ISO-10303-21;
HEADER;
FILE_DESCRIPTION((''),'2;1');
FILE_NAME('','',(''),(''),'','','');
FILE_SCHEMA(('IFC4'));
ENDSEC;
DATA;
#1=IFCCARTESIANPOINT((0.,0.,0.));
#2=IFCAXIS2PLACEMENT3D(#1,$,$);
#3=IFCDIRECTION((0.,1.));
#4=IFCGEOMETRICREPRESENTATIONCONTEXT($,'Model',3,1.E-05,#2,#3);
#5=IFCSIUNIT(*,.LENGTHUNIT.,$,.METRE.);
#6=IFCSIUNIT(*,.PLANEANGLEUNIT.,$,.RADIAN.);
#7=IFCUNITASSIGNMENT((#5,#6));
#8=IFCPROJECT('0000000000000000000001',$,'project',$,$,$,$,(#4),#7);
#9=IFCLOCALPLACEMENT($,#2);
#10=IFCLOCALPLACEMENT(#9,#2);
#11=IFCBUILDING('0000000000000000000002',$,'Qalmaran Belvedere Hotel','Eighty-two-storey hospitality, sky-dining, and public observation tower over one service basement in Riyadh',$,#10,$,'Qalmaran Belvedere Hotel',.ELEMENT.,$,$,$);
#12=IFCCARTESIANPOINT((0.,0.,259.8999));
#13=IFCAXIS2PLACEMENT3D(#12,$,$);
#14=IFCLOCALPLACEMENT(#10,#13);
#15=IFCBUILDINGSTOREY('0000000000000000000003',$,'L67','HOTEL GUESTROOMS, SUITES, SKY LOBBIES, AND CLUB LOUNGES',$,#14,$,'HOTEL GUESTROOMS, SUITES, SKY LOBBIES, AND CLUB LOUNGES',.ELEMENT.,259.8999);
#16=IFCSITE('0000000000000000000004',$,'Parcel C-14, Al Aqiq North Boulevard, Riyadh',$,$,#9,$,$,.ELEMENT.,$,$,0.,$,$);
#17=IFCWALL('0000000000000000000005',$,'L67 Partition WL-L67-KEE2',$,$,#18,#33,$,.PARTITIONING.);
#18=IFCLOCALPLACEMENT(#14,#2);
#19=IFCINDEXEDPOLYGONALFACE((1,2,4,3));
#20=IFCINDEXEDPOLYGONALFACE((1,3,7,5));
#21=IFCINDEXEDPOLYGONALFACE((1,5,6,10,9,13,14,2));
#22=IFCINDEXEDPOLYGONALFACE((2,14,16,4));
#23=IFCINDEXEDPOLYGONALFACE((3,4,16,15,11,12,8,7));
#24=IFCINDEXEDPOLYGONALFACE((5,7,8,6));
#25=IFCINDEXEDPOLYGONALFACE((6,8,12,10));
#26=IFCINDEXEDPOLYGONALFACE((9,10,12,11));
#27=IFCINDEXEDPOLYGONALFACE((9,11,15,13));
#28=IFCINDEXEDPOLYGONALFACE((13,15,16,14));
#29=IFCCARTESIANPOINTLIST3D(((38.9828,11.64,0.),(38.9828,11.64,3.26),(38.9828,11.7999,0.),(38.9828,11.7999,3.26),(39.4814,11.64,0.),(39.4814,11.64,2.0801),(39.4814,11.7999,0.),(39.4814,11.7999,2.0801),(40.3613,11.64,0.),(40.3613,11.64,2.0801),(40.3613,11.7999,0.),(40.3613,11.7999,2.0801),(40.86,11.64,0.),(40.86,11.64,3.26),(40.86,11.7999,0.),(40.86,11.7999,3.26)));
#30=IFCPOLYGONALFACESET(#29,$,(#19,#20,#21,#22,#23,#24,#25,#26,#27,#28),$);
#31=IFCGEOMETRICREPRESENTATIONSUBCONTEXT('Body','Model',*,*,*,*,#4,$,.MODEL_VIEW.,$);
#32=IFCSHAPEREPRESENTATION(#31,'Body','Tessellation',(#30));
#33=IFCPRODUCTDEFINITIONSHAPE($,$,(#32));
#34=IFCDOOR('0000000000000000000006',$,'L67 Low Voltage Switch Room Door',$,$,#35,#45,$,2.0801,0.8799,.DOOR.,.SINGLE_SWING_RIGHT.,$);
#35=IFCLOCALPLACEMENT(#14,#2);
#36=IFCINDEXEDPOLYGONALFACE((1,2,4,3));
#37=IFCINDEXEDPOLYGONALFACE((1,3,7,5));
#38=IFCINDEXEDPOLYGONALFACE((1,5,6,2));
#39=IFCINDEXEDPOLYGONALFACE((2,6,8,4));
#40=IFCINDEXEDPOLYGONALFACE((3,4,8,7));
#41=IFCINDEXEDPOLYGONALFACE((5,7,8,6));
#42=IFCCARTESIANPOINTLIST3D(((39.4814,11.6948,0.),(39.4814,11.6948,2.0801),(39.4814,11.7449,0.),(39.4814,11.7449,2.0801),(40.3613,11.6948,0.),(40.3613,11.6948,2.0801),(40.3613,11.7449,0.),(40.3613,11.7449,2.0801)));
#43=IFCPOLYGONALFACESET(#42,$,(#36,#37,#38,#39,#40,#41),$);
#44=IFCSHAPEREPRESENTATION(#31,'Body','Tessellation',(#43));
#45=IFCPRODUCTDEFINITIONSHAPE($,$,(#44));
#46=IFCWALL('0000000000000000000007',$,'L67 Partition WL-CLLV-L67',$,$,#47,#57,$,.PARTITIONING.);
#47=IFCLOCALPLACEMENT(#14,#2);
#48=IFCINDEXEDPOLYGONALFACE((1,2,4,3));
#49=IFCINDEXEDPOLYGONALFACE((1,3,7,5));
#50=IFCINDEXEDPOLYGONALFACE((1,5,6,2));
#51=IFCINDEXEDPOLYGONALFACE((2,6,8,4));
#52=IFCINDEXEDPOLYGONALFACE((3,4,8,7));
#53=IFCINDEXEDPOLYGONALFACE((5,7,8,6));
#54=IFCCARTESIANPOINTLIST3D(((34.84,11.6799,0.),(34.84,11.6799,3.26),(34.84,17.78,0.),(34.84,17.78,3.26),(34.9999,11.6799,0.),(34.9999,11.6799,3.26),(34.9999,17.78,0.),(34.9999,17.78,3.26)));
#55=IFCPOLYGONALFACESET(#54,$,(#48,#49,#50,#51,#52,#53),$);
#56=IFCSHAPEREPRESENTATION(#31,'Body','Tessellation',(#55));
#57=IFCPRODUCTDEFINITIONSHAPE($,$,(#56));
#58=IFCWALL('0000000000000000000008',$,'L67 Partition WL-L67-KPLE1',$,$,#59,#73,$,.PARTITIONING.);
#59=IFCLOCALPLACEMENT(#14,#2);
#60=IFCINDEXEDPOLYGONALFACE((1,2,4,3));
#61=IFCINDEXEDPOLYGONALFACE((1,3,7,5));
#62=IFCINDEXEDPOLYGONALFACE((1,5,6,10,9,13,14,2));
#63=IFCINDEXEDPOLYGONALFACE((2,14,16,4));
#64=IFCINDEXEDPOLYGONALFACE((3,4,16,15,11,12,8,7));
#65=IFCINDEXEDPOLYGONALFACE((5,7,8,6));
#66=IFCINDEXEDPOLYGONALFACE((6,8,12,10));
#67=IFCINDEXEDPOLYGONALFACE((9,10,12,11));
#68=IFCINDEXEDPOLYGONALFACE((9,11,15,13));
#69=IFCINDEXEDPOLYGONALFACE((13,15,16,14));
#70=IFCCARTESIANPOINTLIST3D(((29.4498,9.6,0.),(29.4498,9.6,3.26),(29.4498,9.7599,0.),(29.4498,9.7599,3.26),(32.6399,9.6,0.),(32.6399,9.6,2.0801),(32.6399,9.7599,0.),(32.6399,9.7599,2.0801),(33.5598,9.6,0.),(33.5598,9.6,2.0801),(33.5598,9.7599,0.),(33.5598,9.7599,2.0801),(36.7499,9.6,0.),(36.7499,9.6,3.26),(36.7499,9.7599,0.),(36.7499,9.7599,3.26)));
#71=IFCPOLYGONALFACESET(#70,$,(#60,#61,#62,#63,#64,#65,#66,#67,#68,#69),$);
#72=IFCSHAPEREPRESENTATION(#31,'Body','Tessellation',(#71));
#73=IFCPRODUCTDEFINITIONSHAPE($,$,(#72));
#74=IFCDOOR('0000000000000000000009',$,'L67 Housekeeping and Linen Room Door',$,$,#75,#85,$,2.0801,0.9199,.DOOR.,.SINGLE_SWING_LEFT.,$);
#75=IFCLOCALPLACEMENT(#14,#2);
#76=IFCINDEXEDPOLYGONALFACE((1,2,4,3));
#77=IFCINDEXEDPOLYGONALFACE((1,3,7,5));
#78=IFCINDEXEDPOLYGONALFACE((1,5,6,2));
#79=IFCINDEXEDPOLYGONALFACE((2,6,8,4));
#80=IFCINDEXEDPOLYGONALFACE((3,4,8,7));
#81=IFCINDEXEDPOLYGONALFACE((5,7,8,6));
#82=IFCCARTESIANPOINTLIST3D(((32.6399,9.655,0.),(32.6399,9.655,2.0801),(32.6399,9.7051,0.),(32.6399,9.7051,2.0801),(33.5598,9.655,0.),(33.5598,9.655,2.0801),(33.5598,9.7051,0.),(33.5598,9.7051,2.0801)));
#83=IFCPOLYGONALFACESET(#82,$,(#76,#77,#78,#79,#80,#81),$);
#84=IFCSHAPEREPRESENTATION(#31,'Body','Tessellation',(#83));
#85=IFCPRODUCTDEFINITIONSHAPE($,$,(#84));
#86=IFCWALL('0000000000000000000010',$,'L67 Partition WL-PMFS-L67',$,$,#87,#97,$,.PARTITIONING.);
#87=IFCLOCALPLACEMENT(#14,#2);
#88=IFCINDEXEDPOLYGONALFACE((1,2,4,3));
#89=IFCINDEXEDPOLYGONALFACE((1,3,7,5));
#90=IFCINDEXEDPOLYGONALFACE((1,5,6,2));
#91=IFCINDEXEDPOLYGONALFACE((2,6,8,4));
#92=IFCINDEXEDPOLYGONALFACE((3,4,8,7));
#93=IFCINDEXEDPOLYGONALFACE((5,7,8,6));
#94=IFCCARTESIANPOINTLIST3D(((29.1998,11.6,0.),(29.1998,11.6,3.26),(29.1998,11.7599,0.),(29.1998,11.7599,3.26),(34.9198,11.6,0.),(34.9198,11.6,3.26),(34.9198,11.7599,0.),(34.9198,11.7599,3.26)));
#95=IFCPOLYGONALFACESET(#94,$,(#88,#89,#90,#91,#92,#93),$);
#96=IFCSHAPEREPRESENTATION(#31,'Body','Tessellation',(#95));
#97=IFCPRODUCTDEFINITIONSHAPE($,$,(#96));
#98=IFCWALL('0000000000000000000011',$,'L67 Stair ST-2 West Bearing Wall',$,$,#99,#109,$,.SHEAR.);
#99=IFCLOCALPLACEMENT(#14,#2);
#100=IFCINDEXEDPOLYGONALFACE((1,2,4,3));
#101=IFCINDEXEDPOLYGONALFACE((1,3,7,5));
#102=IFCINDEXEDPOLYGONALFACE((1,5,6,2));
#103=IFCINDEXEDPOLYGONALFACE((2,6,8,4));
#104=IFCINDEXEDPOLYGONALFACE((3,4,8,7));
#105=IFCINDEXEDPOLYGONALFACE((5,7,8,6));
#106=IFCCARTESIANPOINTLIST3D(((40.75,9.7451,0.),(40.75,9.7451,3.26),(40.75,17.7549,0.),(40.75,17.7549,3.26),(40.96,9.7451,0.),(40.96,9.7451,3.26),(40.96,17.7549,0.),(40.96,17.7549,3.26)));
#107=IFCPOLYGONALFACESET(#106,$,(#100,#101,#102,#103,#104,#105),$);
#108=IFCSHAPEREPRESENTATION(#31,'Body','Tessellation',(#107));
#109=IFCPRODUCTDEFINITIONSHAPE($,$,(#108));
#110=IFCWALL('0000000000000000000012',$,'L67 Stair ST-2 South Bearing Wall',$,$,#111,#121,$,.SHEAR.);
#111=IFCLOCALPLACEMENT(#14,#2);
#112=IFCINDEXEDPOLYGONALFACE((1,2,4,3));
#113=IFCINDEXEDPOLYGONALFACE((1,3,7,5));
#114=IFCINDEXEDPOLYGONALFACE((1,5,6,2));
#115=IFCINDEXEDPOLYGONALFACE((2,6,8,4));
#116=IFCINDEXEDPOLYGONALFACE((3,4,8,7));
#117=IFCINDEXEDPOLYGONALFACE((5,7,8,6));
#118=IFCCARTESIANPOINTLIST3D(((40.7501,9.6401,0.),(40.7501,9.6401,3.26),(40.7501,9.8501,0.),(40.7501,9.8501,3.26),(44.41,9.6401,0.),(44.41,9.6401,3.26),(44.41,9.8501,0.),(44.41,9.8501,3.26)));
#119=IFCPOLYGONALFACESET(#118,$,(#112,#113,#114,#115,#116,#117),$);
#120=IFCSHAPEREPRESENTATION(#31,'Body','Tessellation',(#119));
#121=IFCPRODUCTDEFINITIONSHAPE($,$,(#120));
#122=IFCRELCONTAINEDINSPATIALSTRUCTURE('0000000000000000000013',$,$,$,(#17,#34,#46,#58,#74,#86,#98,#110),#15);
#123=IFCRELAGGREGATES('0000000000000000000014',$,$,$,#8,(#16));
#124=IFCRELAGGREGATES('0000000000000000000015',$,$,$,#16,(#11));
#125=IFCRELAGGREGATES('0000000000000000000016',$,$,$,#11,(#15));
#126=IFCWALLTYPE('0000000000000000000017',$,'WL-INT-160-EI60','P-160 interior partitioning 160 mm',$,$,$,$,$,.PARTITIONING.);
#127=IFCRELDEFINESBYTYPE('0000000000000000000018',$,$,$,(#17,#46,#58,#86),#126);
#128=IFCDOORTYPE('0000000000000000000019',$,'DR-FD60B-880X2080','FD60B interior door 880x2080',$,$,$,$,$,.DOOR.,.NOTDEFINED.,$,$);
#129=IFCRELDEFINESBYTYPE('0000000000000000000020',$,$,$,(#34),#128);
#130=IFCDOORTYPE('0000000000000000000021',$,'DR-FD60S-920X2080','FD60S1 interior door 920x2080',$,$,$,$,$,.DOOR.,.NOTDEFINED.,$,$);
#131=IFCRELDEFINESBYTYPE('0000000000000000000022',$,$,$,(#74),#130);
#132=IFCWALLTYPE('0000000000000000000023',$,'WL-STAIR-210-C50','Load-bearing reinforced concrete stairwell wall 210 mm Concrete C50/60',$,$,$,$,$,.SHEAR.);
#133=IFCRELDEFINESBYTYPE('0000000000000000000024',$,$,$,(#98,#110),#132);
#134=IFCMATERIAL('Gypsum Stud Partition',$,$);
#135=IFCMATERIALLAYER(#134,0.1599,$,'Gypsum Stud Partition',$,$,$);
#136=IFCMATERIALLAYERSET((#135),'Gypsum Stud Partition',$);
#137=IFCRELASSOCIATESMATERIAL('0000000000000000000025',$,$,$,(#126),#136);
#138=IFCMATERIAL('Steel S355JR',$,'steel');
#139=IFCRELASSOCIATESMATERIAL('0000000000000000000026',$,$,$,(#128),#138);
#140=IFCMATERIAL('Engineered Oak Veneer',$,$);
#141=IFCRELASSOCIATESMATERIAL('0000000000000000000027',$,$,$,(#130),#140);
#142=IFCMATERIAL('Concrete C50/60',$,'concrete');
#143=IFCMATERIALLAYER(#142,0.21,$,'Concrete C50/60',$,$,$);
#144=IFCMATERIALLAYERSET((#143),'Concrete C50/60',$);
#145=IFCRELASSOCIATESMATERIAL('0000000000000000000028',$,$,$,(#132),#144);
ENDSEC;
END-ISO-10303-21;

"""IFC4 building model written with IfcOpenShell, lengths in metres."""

from ifc_helpers import new_model, si_unit, direction, frame, frame_2d, origin, place, context, subcontext, project, spatial, rectangle, extrude, material, layer, layer_set, type_object, element, fill, save


model = new_model("IFC4")

# Units and contexts
model_context = context("Model", 3, precision=1e-05, world=origin(), true_north=direction((0.0, 1.0)))
body_context = subcontext(model_context, "Body", "Model", "MODEL_VIEW")
ifc_project = project(units=[si_unit("LENGTHUNIT", "METRE"), si_unit("PLANEANGLEUNIT", "RADIAN")], contexts=[model_context])

# Site, building, storey
site_placement = place(None, origin())
site = spatial("IfcSite", under=ifc_project, at=site_placement, Name="Parcel C-14, Al Aqiq North Boulevard, Riyadh", CompositionType="ELEMENT", RefElevation=0.0)
building_placement = place(site_placement, origin())
building = spatial("IfcBuilding", under=site, at=building_placement, Name="Qalmaran Belvedere Hotel", Description="Eighty-two-storey hospitality, sky-dining, and public observation tower over one service basement in Riyadh", LongName="Qalmaran Belvedere Hotel", CompositionType="ELEMENT")
storey_placement = place(building_placement, frame((0.0, 0.0, 259.8999)))
storey = spatial("IfcBuildingStorey", under=building, at=storey_placement, Name="L67", Description="HOTEL GUESTROOMS, SUITES, SKY LOBBIES, AND CLUB LOUNGES", LongName="HOTEL GUESTROOMS, SUITES, SKY LOBBIES, AND CLUB LOUNGES", CompositionType="ELEMENT", Elevation=259.8999)

# Shared definitions
ifc_material_1 = material(Name="Concrete C50/60", Category="concrete")

# Shared definitions
ifc_material_2 = material(Name="Steel S355JR", Category="steel")

# Shared definitions
ifc_material_3 = material(Name="Gypsum Stud Partition")

# Wall, opening, door
ifc_layer_1 = layer(ifc_material_3, 0.1599, Name="Gypsum Stud Partition")
ifc_layer_set_1 = layer_set([ifc_layer_1], Name="Gypsum Stud Partition")
wall_type_1 = type_object("IfcWallType", Name="WL-INT-160-EI60", Description="P-160 interior partitioning 160 mm", PredefinedType="PARTITIONING", material=ifc_layer_set_1)
door_type_1 = type_object("IfcDoorType", Name="DR-FD60B-880X2080", Description="FD60B interior door 880x2080", OperationType="NOTDEFINED", PredefinedType="DOOR", material=ifc_material_2)
wall_1_placement = place(storey_placement, frame((38.9829, 11.72, 0.0), z_axis=(0.0, 0.0, 1.0), x_axis=(1.0, 0.0, 0.0)))
wall_1 = element("IfcWall", 1, at=wall_1_placement, inside=storey, type_object=wall_type_1, Name="L67 Partition WL-L67-KEE2", PredefinedType="PARTITIONING", context=body_context, shape_type="SweptSolid", body=[
    extrude(rectangle(XDim=1.8772, YDim=0.1599, at=frame_2d((0.9385, 0.0))), origin(), (0.0, 0.0, 1.0), 3.26),
])
opening_1_placement = place(wall_1_placement, frame((0.4985, 0.0, 0.0)))
opening_1 = element("IfcOpeningElement", 2, at=opening_1_placement, cuts=wall_1, PredefinedType="OPENING", context=body_context, shape_type="SweptSolid", body=[
    extrude(rectangle(XDim=0.8799, YDim=2.0801, at=frame_2d((0.4399, 1.04))), frame((0.0, 0.0898, 0.0), z_axis=(0.0, -1.0, 0.0), x_axis=(1.0, 0.0, 0.0)), (0.0, 0.0, 1.0), 0.1799),
])
door_1_placement = place(opening_1_placement, origin())
door_1 = element("IfcDoor", 3, at=door_1_placement, inside=storey, type_object=door_type_1, Name="L67 Low Voltage Switch Room Door", OperationType="SINGLE_SWING_RIGHT", OverallHeight=2.0801, OverallWidth=0.8799, PredefinedType="DOOR", context=body_context, shape_type="SweptSolid", body=[
    extrude(rectangle(XDim=0.8799, YDim=2.0801, at=frame_2d((0.4399, 1.04))), frame((0.0, 0.0249, 0.0), z_axis=(0.0, -1.0, 0.0), x_axis=(1.0, 0.0, 0.0)), (0.0, 0.0, 1.0), 0.05),
])
fill(opening_1, door_1)
ifc_material_4 = material(Name="Engineered Oak Veneer")

# Wall
wall_2_placement = place(storey_placement, frame((34.9199, 11.6799, 0.0), z_axis=(0.0, 0.0, 1.0), x_axis=(0.0, 1.0, 0.0)))
element("IfcWall", 4, at=wall_2_placement, inside=storey, type_object=wall_type_1, Name="L67 Partition WL-CLLV-L67", PredefinedType="PARTITIONING", context=body_context, shape_type="SweptSolid", body=[
    extrude(rectangle(XDim=6.1001, YDim=0.1599, at=frame_2d((3.05, 0.0))), origin(), (0.0, 0.0, 1.0), 3.26),
])

# Wall, opening, door
wall_3_placement = place(storey_placement, frame((29.45, 9.6799, 0.0), z_axis=(0.0, 0.0, 1.0), x_axis=(1.0, 0.0, 0.0)))
wall_3 = element("IfcWall", 5, at=wall_3_placement, inside=storey, type_object=wall_type_1, Name="L67 Partition WL-L67-KPLE1", PredefinedType="PARTITIONING", context=body_context, shape_type="SweptSolid", body=[
    extrude(rectangle(XDim=7.3, YDim=0.1599, at=frame_2d((3.6499, 0.0))), origin(), (0.0, 0.0, 1.0), 3.26),
])
opening_2_placement = place(wall_3_placement, frame((4.1099, 0.0, 0.0), z_axis=(0.0, 0.0, 1.0), x_axis=(-1.0, 0.0, 0.0)))
opening_2 = element("IfcOpeningElement", 6, at=opening_2_placement, cuts=wall_3, PredefinedType="OPENING", context=body_context, shape_type="SweptSolid", body=[
    extrude(rectangle(XDim=0.9199, YDim=2.0801, at=frame_2d((0.46, 1.04))), frame((0.0, 0.0898, 0.0), z_axis=(0.0, -1.0, 0.0), x_axis=(1.0, 0.0, 0.0)), (0.0, 0.0, 1.0), 0.1799),
])
door_type_2 = type_object("IfcDoorType", Name="DR-FD60S-920X2080", Description="FD60S1 interior door 920x2080", OperationType="NOTDEFINED", PredefinedType="DOOR", material=ifc_material_4)
door_2_placement = place(opening_2_placement, origin())
door_2 = element("IfcDoor", 7, at=door_2_placement, inside=storey, type_object=door_type_2, Name="L67 Housekeeping and Linen Room Door", OperationType="SINGLE_SWING_LEFT", OverallHeight=2.0801, OverallWidth=0.9199, PredefinedType="DOOR", context=body_context, shape_type="SweptSolid", body=[
    extrude(rectangle(XDim=0.9199, YDim=2.0801, at=frame_2d((0.46, 1.04))), frame((0.0, 0.0249, 0.0), z_axis=(0.0, -1.0, 0.0), x_axis=(1.0, 0.0, 0.0)), (0.0, 0.0, 1.0), 0.05),
])
fill(opening_2, door_2)

# Walls
wall_4_placement = place(storey_placement, frame((29.2, 11.6799, 0.0), z_axis=(0.0, 0.0, 1.0), x_axis=(1.0, 0.0, 0.0)))
element("IfcWall", 8, at=wall_4_placement, inside=storey, type_object=wall_type_1, Name="L67 Partition WL-PMFS-L67", PredefinedType="PARTITIONING", context=body_context, shape_type="SweptSolid", body=[
    extrude(rectangle(XDim=5.72, YDim=0.1599, at=frame_2d((2.8599, 0.0))), origin(), (0.0, 0.0, 1.0), 3.26),
])
ifc_layer_2 = layer(ifc_material_1, 0.21, Name="Concrete C50/60")
ifc_layer_set_2 = layer_set([ifc_layer_2], Name="Concrete C50/60")
wall_type_2 = type_object("IfcWallType", Name="WL-STAIR-210-C50", Description="Load-bearing reinforced concrete stairwell wall 210 mm Concrete C50/60", PredefinedType="SHEAR", material=ifc_layer_set_2)
wall_5_placement = place(storey_placement, frame((40.855, 9.7451, 0.0), z_axis=(0.0, 0.0, 1.0), x_axis=(0.0, 1.0, 0.0)))
element("IfcWall", 9, at=wall_5_placement, inside=storey, type_object=wall_type_2, Name="L67 Stair ST-2 West Bearing Wall", PredefinedType="SHEAR", context=body_context, shape_type="SweptSolid", body=[
    extrude(rectangle(XDim=8.0098, YDim=0.21, at=frame_2d((4.0049, 0.0))), origin(), (0.0, 0.0, 1.0), 3.26),
])
wall_6_placement = place(storey_placement, frame((40.75, 9.7451, 0.0), z_axis=(0.0, 0.0, 1.0), x_axis=(1.0, 0.0, 0.0)))
element("IfcWall", 10, at=wall_6_placement, inside=storey, type_object=wall_type_2, Name="L67 Stair ST-2 South Bearing Wall", PredefinedType="SHEAR", context=body_context, shape_type="SweptSolid", body=[
    extrude(rectangle(XDim=3.6599, YDim=0.21, at=frame_2d((1.8301, 0.0))), origin(), (0.0, 0.0, 1.0), 3.26),
])

save(model, "model.ifc")
